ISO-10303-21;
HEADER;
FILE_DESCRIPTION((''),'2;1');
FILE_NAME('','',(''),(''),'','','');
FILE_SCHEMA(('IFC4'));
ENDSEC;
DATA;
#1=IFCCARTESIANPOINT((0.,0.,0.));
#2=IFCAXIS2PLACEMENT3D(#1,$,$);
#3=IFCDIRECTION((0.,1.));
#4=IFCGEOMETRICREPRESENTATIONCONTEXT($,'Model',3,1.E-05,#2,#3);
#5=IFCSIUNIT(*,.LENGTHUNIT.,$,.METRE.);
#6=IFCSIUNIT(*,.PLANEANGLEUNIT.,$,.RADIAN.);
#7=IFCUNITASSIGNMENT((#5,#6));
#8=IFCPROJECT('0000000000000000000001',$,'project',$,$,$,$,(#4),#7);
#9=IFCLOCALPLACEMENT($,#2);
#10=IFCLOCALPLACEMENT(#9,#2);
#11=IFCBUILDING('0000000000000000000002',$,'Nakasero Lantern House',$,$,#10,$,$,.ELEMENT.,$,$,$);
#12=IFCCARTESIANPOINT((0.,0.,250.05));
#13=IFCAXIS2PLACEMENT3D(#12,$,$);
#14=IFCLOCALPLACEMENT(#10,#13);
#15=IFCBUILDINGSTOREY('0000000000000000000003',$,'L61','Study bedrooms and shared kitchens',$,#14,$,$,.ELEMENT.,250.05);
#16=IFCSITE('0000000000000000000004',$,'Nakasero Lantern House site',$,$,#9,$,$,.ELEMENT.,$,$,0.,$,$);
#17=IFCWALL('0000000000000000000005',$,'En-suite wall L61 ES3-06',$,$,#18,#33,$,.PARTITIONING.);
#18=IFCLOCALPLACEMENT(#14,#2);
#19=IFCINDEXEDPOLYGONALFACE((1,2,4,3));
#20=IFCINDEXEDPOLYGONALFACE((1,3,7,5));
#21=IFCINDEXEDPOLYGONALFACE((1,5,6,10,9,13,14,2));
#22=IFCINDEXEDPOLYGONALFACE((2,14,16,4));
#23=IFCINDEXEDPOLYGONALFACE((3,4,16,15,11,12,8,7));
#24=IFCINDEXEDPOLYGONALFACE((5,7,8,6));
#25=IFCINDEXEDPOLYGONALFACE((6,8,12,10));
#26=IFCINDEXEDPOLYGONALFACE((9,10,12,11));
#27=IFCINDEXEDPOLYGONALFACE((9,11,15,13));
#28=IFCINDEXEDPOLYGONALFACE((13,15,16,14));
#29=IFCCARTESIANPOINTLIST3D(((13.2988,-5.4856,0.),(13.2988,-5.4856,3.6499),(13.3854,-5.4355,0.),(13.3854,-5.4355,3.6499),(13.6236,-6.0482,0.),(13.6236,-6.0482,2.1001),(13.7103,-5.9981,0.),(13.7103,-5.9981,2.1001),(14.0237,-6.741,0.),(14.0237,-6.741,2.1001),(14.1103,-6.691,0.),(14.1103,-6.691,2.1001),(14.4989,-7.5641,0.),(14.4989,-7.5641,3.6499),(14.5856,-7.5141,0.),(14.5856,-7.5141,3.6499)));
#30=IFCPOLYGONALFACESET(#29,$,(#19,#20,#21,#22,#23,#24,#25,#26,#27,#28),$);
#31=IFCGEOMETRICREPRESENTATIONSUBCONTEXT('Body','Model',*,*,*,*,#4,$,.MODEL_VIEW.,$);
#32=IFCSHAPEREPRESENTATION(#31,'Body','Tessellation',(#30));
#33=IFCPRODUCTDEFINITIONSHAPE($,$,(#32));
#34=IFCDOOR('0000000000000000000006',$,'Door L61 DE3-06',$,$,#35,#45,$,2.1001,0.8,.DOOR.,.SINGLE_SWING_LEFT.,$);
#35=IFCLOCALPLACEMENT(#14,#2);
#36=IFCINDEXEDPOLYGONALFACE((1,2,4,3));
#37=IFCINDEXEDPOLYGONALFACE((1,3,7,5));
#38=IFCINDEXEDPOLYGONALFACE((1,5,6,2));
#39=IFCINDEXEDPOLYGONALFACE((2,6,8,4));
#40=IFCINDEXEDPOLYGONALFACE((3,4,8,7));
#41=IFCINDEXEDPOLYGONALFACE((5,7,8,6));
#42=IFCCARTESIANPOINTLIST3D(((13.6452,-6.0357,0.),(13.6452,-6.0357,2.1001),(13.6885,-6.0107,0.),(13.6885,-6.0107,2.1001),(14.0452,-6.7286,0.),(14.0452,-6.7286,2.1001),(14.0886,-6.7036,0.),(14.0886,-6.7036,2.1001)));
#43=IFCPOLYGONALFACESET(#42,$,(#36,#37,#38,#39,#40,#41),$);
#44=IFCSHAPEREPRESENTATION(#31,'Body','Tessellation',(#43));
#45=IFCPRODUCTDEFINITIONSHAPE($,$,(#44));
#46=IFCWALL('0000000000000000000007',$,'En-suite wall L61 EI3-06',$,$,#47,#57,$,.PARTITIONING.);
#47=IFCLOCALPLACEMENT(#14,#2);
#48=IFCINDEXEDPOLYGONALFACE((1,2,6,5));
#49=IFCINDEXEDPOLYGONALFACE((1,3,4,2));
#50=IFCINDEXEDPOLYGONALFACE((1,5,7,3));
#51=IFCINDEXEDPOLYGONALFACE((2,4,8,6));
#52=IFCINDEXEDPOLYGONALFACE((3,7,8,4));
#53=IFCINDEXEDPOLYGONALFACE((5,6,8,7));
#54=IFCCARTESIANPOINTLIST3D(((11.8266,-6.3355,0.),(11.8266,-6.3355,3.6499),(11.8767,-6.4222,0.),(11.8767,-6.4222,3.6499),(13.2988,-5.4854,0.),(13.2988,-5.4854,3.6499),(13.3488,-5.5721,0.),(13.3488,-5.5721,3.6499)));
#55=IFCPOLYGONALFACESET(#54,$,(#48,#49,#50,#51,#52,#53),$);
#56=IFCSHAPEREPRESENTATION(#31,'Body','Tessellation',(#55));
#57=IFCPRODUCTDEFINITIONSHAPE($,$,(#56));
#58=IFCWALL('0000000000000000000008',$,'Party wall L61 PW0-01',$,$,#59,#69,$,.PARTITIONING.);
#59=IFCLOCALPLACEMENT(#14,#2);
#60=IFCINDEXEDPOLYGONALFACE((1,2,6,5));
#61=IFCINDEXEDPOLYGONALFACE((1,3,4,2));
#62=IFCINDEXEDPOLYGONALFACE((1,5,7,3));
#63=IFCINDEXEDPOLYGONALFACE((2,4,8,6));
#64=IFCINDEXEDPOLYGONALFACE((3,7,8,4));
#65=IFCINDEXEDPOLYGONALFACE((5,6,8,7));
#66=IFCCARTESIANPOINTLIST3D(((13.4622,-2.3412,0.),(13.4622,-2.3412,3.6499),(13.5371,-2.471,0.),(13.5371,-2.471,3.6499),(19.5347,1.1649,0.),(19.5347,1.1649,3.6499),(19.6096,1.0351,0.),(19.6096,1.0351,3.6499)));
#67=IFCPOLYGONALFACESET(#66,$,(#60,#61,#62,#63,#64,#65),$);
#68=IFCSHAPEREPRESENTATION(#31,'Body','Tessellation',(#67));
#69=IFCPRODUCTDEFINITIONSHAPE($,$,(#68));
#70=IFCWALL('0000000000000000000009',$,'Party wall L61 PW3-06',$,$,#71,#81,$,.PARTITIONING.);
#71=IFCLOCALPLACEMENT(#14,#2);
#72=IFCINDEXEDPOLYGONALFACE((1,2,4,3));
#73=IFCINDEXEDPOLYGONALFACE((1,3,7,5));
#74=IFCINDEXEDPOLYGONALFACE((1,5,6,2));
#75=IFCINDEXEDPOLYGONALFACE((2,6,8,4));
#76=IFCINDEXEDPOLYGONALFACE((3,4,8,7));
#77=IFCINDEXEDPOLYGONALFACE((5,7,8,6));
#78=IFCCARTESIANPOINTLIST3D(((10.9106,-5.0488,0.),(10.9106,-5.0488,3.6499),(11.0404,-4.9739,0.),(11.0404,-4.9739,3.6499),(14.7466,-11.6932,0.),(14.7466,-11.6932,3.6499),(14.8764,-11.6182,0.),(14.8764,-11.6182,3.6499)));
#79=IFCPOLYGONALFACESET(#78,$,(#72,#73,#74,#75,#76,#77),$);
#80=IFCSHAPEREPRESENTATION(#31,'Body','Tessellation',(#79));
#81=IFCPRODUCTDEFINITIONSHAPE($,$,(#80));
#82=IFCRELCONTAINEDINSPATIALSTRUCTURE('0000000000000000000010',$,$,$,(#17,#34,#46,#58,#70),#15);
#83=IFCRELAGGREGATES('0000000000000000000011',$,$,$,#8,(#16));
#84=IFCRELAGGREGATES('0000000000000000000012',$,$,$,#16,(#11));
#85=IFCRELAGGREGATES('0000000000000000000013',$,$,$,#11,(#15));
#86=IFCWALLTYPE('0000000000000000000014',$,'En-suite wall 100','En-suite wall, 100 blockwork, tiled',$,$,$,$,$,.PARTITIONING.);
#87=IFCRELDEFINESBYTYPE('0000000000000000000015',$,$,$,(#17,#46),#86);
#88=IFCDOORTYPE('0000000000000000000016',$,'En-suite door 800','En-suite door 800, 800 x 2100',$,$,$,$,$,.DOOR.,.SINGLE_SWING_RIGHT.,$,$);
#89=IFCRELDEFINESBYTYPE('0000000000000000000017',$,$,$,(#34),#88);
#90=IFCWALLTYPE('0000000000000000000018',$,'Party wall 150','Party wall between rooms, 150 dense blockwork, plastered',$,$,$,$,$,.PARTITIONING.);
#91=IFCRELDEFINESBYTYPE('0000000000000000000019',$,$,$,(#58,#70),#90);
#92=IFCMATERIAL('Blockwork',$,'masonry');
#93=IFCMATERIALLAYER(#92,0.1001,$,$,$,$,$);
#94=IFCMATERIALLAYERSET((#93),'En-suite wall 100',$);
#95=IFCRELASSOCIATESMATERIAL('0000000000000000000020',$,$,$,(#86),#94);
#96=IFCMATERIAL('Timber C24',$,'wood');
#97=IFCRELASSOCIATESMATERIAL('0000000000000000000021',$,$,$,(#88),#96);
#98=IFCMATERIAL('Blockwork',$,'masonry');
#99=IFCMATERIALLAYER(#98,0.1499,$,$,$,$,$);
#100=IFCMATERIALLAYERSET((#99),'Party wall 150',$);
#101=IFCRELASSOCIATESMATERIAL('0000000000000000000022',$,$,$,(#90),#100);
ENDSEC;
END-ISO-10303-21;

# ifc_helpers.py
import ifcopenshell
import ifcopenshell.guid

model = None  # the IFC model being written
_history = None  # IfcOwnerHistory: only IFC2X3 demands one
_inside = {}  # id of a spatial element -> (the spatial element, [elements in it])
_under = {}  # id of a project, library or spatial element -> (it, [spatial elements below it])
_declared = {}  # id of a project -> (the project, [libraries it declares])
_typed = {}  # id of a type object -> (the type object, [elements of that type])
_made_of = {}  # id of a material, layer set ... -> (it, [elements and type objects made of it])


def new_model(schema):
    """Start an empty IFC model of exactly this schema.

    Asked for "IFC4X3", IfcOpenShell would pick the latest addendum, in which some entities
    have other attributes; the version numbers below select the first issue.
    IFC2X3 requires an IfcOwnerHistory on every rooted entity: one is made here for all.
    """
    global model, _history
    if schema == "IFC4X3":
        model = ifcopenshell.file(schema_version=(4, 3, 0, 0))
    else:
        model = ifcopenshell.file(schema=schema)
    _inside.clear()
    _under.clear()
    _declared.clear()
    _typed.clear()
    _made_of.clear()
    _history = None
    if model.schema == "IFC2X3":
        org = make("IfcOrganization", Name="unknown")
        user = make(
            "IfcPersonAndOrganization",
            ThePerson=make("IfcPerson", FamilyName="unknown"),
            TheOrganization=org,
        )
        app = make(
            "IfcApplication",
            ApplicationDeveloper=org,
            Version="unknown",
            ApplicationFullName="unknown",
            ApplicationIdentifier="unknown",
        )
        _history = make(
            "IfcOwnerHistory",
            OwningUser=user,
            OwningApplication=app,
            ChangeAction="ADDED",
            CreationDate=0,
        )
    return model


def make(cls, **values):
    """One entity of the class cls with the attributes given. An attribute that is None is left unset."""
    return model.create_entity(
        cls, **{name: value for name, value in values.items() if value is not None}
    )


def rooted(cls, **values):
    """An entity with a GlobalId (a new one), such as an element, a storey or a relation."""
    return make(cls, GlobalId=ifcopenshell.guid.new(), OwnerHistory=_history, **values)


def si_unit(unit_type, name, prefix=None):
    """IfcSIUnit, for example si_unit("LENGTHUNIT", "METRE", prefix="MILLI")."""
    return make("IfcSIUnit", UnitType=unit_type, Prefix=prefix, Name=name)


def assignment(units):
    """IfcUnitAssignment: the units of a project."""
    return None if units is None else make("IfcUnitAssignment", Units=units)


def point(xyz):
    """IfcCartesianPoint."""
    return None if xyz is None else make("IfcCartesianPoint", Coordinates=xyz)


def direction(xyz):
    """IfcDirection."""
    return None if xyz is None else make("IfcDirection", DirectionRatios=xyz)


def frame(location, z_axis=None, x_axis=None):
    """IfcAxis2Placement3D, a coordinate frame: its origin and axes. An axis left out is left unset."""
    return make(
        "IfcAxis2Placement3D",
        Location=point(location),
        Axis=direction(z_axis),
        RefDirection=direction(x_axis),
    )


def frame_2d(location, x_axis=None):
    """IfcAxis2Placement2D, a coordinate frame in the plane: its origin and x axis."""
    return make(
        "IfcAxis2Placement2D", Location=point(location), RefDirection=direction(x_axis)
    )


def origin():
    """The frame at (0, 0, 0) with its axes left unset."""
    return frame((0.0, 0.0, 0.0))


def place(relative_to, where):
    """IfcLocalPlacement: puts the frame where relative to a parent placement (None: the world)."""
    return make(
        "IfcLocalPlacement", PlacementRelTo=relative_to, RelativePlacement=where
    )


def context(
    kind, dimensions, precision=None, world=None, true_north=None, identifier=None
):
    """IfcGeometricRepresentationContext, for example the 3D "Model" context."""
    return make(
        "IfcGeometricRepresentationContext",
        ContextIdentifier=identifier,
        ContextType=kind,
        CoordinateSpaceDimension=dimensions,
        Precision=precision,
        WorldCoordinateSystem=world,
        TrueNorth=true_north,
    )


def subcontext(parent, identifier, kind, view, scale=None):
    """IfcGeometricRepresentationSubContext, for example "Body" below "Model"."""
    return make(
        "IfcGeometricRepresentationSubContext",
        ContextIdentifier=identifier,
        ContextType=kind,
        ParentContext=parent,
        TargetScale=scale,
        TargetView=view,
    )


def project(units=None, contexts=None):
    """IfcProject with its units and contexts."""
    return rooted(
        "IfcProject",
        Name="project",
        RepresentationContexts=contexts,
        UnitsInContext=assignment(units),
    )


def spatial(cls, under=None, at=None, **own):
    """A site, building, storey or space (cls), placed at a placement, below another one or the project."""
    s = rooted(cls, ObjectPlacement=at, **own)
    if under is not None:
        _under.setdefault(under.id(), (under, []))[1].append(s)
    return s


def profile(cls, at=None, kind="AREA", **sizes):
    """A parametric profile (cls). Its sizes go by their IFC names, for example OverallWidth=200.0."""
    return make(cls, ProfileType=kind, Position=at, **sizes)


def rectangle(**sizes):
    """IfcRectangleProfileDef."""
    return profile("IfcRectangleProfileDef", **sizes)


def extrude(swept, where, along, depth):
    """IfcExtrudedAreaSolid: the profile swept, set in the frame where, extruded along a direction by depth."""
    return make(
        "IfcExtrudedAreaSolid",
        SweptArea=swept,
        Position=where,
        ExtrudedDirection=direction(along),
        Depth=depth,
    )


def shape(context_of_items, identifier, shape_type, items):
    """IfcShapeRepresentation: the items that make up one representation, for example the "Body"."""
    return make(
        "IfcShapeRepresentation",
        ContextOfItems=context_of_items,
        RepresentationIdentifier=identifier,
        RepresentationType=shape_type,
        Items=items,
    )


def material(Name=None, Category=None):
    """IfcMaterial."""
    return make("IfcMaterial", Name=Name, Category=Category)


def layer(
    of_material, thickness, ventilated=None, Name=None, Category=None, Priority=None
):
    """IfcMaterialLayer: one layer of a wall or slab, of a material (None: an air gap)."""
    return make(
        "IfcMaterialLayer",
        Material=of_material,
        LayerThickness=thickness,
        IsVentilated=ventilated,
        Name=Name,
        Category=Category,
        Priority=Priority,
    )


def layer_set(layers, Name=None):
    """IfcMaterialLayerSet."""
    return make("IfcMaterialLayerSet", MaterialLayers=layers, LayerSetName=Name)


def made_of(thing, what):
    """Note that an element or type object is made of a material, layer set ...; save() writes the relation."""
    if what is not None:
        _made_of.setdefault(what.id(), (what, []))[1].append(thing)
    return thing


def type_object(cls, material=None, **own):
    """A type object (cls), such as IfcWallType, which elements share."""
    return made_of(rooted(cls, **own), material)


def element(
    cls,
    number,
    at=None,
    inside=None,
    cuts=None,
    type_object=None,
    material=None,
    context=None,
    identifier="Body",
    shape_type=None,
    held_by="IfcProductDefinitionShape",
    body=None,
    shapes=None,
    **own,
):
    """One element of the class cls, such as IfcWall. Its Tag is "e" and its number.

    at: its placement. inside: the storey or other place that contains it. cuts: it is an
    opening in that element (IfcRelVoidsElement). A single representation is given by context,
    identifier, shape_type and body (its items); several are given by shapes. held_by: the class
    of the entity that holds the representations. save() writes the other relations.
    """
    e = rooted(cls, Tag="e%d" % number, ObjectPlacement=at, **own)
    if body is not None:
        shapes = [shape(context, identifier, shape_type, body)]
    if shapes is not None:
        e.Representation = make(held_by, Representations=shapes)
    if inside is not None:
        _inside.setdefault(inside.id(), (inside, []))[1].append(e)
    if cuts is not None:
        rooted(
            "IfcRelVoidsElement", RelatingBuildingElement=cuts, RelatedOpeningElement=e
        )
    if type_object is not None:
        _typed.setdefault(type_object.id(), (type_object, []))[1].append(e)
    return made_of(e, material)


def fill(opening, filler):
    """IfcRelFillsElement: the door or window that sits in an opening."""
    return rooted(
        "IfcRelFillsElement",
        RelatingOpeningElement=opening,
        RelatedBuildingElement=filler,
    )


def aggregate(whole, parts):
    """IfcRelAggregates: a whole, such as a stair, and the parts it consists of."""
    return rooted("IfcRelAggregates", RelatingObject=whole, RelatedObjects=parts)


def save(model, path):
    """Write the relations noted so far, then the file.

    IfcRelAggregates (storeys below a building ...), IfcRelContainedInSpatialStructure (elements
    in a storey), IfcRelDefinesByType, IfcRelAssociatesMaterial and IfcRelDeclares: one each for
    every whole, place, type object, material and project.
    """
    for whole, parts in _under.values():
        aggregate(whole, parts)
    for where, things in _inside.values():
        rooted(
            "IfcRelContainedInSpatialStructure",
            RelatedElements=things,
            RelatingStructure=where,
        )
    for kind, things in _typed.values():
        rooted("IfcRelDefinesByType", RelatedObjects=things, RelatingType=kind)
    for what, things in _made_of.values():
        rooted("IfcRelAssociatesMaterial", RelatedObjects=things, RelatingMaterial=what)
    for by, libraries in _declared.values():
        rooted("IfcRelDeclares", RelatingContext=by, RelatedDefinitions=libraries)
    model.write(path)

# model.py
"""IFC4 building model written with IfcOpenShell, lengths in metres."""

from ifc_helpers import new_model, si_unit, direction, frame, frame_2d, origin, place, context, subcontext, project, spatial, rectangle, extrude, material, layer, layer_set, type_object, element, fill, save


model = new_model("IFC4")

# Units and contexts
model_context = context("Model", 3, precision=1e-05, world=origin(), true_north=direction((0.0, 1.0)))
body_context = subcontext(model_context, "Body", "Model", "MODEL_VIEW")
ifc_project = project(units=[si_unit("LENGTHUNIT", "METRE"), si_unit("PLANEANGLEUNIT", "RADIAN")], contexts=[model_context])

# Site, building, storey
site_placement = place(None, origin())
site = spatial("IfcSite", under=ifc_project, at=site_placement, Name="Nakasero Lantern House site", CompositionType="ELEMENT", RefElevation=0.0)
building_placement = place(site_placement, origin())
building = spatial("IfcBuilding", under=site, at=building_placement, Name="Nakasero Lantern House", CompositionType="ELEMENT")
storey_placement = place(building_placement, frame((0.0, 0.0, 250.05)))
storey = spatial("IfcBuildingStorey", under=building, at=storey_placement, Name="L61", Description="Study bedrooms and shared kitchens", CompositionType="ELEMENT", Elevation=250.05)

# Wall, opening, door
ifc_material_1 = material(Name="Blockwork", Category="masonry")
ifc_layer_1 = layer(ifc_material_1, 0.1001)
ifc_layer_set_1 = layer_set([ifc_layer_1], Name="En-suite wall 100")
wall_type_1 = type_object("IfcWallType", Name="En-suite wall 100", Description="En-suite wall, 100 blockwork, tiled", PredefinedType="PARTITIONING", material=ifc_layer_set_1)
wall_1_placement = place(storey_placement, frame((13.342, -5.4604, 0.0), z_axis=(0.0, 0.0, 1.0), x_axis=(0.500034, -0.866006, 0.0)))
wall_1 = element("IfcWall", 1, at=wall_1_placement, inside=storey, type_object=wall_type_1, Name="En-suite wall L61 ES3-06", PredefinedType="PARTITIONING", context=body_context, shape_type="SweptSolid", body=[
    extrude(rectangle(XDim=2.4001, YDim=0.1001, at=frame_2d((1.2002, 0.0))), origin(), (0.0, 0.0, 1.0), 3.6499),
])
opening_1_placement = place(wall_1_placement, frame((0.6499, 0.0, 0.0)))
opening_1 = element("IfcOpeningElement", 2, at=opening_1_placement, cuts=wall_1, PredefinedType="OPENING", context=body_context, shape_type="SweptSolid", body=[
    extrude(rectangle(XDim=0.8, YDim=2.1001, at=frame_2d((0.3999, 1.05))), frame((0.0, 0.0701, 0.0), z_axis=(0.0, -1.0, 0.0), x_axis=(1.0, 0.0, 0.0)), (0.0, 0.0, 1.0), 0.1401),
])
ifc_material_2 = material(Name="Timber C24", Category="wood")
door_type_1 = type_object("IfcDoorType", Name="En-suite door 800", Description="En-suite door 800, 800 x 2100", OperationType="SINGLE_SWING_RIGHT", PredefinedType="DOOR", material=ifc_material_2)
door_1_placement = place(opening_1_placement, origin())
door_1 = element("IfcDoor", 3, at=door_1_placement, inside=storey, type_object=door_type_1, Name="Door L61 DE3-06", OperationType="SINGLE_SWING_LEFT", OverallHeight=2.1001, OverallWidth=0.8, PredefinedType="DOOR", context=body_context, shape_type="SweptSolid", body=[
    extrude(rectangle(XDim=0.8, YDim=2.1001, at=frame_2d((0.3999, 1.05))), frame((0.0, 0.0249, 0.0), z_axis=(0.0, -1.0, 0.0), x_axis=(1.0, 0.0, 0.0)), (0.0, 0.0, 1.0), 0.05),
])
fill(opening_1, door_1)

# Walls
wall_2_placement = place(storey_placement, frame((11.8516, -6.3789, 0.0), z_axis=(0.0, 0.0, 1.0), x_axis=(0.865989, 0.500062, 0.0)))
element("IfcWall", 4, at=wall_2_placement, inside=storey, type_object=wall_type_1, Name="En-suite wall L61 EI3-06", PredefinedType="PARTITIONING", context=body_context, shape_type="SweptSolid", body=[
    extrude(rectangle(XDim=1.7, YDim=0.1001, at=frame_2d((0.8501, 0.0))), origin(), (0.0, 0.0, 1.0), 3.6499),
])
ifc_material_3 = material(Name="Blockwork", Category="masonry")
ifc_layer_2 = layer(ifc_material_3, 0.1499)
ifc_layer_set_2 = layer_set([ifc_layer_2], Name="Party wall 150")
wall_type_2 = type_object("IfcWallType", Name="Party wall 150", Description="Party wall between rooms, 150 dense blockwork, plastered", PredefinedType="PARTITIONING", material=ifc_layer_set_2)
wall_3_placement = place(storey_placement, frame((13.4998, -2.406, 0.0), z_axis=(0.0, 0.0, 1.0), x_axis=(0.866017, 0.500015, 0.0)))
element("IfcWall", 5, at=wall_3_placement, inside=storey, type_object=wall_type_2, Name="Party wall L61 PW0-01", PredefinedType="PARTITIONING", context=body_context, shape_type="SweptSolid", body=[
    extrude(rectangle(XDim=7.012, YDim=0.1499, at=frame_2d((3.5059, 0.0))), origin(), (0.0, 0.0, 1.0), 3.6499),
])
wall_4_placement = place(storey_placement, frame((10.9756, -5.0115, 0.0), z_axis=(0.0, 0.0, 1.0), x_axis=(0.499986, -0.866034, 0.0)))
element("IfcWall", 6, at=wall_4_placement, inside=storey, type_object=wall_type_2, Name="Party wall L61 PW3-06", PredefinedType="PARTITIONING", context=body_context, shape_type="SweptSolid", body=[
    extrude(rectangle(XDim=7.6721, YDim=0.1499, at=frame_2d((3.8359, 0.0))), origin(), (0.0, 0.0, 1.0), 3.6499),
])

save(model, "model.ifc")
